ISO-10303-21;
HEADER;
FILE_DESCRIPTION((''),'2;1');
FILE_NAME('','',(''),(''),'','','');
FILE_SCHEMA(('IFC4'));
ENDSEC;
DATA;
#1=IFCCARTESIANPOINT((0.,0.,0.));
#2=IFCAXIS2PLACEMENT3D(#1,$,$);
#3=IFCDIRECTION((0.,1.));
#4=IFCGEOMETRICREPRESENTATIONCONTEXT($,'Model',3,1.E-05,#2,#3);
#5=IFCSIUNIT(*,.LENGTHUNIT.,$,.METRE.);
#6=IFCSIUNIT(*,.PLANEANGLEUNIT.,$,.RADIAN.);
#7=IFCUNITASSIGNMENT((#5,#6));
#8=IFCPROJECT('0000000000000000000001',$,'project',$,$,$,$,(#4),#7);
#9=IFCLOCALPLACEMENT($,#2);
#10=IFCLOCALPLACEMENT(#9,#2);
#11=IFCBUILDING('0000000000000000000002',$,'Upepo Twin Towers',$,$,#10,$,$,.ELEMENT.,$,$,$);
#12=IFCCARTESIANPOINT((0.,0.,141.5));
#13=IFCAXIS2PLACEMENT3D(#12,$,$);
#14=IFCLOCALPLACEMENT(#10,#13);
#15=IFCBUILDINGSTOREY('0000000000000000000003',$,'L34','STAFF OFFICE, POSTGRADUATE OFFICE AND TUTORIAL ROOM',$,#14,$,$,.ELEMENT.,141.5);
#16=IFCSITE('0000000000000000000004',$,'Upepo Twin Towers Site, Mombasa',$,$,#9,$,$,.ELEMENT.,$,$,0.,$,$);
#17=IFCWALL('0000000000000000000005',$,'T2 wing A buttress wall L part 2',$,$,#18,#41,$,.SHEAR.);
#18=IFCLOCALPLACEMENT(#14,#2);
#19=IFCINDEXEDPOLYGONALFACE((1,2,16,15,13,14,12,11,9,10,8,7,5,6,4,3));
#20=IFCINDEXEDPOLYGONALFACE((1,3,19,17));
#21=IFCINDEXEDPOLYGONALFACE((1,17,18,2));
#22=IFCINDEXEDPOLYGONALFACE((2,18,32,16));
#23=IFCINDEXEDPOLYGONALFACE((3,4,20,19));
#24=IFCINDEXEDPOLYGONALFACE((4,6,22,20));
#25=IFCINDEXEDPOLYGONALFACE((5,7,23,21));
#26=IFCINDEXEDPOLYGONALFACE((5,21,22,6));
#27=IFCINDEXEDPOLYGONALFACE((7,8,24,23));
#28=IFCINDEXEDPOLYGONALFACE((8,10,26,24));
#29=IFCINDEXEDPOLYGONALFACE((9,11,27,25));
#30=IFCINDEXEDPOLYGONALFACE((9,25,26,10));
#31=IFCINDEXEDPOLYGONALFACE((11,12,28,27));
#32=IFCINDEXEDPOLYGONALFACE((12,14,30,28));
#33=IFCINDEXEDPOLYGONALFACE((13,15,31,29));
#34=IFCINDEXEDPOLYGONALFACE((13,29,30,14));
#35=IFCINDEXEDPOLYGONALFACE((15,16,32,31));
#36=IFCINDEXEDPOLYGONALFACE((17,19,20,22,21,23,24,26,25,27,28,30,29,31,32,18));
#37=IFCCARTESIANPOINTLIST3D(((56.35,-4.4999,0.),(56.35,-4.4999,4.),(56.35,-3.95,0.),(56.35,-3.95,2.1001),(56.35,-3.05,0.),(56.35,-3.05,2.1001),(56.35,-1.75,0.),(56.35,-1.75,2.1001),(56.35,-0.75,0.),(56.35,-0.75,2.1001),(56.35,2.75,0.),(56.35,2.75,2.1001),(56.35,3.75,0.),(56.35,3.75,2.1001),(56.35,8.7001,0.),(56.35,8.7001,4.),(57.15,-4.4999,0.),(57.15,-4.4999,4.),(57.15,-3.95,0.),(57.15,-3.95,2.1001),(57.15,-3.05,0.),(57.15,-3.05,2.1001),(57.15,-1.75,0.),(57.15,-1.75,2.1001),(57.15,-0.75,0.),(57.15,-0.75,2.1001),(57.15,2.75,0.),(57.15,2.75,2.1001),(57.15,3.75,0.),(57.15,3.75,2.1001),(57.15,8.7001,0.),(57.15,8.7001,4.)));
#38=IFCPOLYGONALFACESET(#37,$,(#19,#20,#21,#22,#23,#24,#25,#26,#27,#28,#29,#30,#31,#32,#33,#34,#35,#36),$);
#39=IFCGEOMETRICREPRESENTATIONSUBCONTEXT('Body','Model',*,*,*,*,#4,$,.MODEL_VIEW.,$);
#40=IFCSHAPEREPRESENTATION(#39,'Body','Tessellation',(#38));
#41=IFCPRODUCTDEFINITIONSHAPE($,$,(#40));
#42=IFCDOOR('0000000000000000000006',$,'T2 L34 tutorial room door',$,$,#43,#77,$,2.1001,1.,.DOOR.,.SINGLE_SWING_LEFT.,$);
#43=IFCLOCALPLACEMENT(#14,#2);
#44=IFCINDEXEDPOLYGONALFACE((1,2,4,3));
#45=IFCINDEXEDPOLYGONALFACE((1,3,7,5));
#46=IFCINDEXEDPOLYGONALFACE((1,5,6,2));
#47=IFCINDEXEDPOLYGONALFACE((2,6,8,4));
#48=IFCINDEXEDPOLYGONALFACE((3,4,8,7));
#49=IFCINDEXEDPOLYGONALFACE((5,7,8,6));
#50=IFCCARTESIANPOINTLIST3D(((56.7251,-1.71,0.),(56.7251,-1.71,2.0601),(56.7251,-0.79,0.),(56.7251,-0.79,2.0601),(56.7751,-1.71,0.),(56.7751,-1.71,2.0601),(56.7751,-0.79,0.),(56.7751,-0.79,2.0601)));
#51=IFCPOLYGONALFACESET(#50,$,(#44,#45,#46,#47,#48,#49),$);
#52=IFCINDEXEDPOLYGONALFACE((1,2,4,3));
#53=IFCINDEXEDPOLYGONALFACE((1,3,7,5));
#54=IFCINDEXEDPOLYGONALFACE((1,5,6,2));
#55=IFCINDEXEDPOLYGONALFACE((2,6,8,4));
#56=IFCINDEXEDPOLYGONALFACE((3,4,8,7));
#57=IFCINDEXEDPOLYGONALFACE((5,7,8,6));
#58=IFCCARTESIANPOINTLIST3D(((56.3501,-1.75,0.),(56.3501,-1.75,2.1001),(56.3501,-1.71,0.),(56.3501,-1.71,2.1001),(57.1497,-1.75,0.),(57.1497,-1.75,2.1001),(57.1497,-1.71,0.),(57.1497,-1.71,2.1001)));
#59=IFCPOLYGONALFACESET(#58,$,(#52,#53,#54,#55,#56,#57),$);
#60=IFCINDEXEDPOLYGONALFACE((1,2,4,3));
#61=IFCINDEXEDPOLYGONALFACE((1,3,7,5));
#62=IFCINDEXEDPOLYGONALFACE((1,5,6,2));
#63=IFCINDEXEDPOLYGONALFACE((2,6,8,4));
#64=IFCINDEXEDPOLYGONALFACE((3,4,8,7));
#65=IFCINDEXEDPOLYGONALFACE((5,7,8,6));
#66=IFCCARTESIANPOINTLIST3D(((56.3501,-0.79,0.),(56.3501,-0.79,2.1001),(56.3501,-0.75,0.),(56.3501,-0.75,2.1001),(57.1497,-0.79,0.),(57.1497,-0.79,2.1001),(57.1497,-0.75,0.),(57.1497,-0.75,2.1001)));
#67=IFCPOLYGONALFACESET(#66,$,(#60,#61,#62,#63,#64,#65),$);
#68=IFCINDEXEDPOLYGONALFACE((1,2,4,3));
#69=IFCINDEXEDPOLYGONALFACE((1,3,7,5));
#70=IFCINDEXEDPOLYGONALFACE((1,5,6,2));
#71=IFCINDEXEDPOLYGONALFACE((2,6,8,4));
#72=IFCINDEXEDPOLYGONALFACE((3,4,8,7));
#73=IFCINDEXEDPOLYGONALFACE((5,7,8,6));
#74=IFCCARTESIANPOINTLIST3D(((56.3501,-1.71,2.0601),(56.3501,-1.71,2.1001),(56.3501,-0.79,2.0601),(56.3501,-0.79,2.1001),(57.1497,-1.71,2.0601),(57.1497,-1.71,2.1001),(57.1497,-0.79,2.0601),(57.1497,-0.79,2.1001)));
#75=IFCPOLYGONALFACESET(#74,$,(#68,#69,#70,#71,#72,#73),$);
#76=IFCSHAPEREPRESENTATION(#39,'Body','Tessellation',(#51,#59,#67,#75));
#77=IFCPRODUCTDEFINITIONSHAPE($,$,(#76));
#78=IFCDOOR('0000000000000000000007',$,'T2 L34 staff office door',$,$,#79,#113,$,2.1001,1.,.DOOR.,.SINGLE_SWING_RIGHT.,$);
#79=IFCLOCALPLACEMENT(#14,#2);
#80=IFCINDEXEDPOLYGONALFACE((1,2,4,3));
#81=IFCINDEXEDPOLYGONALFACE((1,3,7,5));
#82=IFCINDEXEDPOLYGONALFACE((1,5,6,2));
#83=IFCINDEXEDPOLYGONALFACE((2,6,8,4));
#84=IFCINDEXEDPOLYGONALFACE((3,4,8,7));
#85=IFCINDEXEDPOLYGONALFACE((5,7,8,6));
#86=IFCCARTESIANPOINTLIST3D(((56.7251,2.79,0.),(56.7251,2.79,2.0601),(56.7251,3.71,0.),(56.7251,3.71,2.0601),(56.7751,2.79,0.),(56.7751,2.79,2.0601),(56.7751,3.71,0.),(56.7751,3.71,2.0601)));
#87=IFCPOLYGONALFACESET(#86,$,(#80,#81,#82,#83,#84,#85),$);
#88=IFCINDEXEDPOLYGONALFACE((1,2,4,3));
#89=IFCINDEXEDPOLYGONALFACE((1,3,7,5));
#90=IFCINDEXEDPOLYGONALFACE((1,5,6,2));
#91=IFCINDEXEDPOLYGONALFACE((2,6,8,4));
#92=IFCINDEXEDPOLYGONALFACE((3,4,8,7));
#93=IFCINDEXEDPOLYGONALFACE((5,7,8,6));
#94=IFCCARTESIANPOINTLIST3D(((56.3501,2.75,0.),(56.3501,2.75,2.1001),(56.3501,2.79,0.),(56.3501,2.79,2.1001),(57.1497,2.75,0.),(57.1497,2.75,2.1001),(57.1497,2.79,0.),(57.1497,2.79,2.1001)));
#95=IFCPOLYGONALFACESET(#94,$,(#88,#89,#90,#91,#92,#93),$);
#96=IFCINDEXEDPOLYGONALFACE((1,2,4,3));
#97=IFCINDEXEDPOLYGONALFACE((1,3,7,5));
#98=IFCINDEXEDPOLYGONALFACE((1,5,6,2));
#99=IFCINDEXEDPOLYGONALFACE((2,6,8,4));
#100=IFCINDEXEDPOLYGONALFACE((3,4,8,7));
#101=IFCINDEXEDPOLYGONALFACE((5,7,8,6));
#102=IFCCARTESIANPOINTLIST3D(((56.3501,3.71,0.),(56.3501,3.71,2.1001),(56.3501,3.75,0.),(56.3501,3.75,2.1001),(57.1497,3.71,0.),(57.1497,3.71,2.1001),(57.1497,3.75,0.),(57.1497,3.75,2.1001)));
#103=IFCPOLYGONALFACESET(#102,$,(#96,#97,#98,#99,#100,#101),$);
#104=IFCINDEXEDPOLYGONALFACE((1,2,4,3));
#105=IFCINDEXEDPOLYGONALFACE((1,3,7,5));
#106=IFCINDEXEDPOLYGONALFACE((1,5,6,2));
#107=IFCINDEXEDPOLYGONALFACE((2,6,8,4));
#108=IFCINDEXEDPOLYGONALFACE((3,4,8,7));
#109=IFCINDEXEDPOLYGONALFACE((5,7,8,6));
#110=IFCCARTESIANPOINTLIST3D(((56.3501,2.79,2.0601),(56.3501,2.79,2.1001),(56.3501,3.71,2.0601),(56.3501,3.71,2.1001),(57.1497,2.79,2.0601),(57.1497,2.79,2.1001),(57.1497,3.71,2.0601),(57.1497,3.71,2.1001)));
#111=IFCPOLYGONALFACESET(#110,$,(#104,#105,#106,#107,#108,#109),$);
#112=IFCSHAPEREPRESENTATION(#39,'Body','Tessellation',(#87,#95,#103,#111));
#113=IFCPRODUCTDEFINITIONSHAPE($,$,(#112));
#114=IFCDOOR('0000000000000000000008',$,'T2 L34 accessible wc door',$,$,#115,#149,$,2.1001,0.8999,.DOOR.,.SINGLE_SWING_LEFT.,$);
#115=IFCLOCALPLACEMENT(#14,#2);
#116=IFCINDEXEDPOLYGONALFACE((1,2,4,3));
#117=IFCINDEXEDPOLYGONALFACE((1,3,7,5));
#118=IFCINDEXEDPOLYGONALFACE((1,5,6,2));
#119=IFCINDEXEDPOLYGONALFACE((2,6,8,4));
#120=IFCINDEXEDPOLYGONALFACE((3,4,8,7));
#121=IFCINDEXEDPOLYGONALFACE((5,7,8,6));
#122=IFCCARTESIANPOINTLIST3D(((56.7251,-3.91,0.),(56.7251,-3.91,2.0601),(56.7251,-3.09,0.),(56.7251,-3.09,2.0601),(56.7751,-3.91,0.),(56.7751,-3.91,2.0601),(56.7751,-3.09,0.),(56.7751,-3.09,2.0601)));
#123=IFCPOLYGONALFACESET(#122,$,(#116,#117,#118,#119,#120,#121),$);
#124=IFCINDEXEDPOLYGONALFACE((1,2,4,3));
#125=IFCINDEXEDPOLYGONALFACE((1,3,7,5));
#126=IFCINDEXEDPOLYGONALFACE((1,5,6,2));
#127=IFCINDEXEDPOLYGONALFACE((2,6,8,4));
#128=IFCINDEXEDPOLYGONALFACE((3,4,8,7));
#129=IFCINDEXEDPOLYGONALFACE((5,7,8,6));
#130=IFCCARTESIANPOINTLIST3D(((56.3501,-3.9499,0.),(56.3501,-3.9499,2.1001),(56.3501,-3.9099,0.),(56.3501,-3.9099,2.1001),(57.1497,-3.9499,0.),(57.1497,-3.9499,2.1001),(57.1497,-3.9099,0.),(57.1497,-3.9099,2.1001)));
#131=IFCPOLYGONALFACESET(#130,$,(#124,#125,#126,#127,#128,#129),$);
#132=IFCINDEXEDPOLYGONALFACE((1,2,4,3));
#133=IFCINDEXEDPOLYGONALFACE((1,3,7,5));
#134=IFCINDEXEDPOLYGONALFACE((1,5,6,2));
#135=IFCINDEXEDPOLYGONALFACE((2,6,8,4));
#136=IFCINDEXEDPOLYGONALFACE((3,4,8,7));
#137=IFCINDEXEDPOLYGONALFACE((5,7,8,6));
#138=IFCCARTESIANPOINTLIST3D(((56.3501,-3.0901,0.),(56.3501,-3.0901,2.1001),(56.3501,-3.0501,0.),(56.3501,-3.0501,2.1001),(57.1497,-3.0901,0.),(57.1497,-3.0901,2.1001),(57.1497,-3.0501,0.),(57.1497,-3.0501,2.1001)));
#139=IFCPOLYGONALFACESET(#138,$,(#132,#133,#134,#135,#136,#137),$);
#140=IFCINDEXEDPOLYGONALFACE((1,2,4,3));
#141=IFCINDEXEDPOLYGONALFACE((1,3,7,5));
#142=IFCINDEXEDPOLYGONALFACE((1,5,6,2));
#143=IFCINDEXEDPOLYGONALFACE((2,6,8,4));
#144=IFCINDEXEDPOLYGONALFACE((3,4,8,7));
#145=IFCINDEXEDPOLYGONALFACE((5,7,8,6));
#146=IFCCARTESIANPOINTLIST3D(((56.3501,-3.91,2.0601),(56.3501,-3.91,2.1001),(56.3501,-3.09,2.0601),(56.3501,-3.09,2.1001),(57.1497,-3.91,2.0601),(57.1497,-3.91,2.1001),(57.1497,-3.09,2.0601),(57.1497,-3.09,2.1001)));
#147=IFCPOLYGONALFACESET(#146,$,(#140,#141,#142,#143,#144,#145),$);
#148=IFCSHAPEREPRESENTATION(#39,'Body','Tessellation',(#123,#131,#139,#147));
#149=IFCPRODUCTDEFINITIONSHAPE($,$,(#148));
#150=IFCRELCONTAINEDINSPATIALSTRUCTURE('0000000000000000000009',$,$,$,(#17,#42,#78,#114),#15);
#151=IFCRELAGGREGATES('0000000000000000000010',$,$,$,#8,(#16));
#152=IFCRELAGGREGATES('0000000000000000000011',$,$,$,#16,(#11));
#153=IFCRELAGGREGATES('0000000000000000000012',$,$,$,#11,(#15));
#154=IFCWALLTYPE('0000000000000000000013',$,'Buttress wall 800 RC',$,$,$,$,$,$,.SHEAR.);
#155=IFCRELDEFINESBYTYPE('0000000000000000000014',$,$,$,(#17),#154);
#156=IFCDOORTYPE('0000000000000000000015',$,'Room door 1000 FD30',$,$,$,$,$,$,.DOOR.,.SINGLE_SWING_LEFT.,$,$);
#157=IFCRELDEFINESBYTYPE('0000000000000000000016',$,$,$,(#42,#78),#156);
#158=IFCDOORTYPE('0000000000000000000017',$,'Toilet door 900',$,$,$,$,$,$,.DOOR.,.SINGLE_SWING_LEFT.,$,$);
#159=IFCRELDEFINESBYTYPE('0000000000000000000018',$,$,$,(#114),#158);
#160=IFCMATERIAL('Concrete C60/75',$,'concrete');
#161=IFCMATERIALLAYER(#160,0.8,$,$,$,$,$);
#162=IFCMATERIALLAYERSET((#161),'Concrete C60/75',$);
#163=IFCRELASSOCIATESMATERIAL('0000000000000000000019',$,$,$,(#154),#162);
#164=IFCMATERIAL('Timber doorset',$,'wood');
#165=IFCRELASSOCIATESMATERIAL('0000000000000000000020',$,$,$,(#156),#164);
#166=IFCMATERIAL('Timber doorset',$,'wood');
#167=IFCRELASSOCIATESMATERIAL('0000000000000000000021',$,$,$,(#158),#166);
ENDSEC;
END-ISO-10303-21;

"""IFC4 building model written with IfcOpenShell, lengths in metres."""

from ifc_helpers import new_model, si_unit, direction, frame, frame_2d, origin, place, context, subcontext, project, spatial, rectangle, extrude, material, layer, layer_set, type_object, element, fill, save


model = new_model("IFC4")

# Units and contexts
model_context = context("Model", 3, precision=1e-05, world=origin(), true_north=direction((0.0, 1.0)))
body_context = subcontext(model_context, "Body", "Model", "MODEL_VIEW")
ifc_project = project(units=[si_unit("LENGTHUNIT", "METRE"), si_unit("PLANEANGLEUNIT", "RADIAN")], contexts=[model_context])

# Site, building, storey
site_placement = place(None, origin())
site = spatial("IfcSite", under=ifc_project, at=site_placement, Name="Upepo Twin Towers Site, Mombasa", CompositionType="ELEMENT", RefElevation=0.0)
building_placement = place(site_placement, origin())
building = spatial("IfcBuilding", under=site, at=building_placement, Name="Upepo Twin Towers", CompositionType="ELEMENT")
storey_placement = place(building_placement, frame((0.0, 0.0, 141.5)))
storey = spatial("IfcBuildingStorey", under=building, at=storey_placement, Name="L34", Description="STAFF OFFICE, POSTGRADUATE OFFICE AND TUTORIAL ROOM", CompositionType="ELEMENT", Elevation=141.5)

# Wall, openings, doors
ifc_material_1 = material(Name="Concrete C60/75", Category="concrete")
ifc_layer_1 = layer(ifc_material_1, 0.8)
ifc_layer_set_1 = layer_set([ifc_layer_1], Name="Concrete C60/75")
wall_type_1 = type_object("IfcWallType", Name="Buttress wall 800 RC", PredefinedType="SHEAR", material=ifc_layer_set_1)
wall_1_placement = place(storey_placement, frame((56.75, -4.5, 0.0), z_axis=(0.0, 0.0, 1.0), x_axis=(0.0, 1.0, 0.0)))
wall_1 = element("IfcWall", 1, at=wall_1_placement, inside=storey, type_object=wall_type_1, Name="T2 wing A buttress wall L part 2", PredefinedType="SHEAR", context=body_context, shape_type="SweptSolid", body=[
    extrude(rectangle(XDim=13.2, YDim=0.8, at=frame_2d((6.6001, 0.0))), origin(), (0.0, 0.0, 1.0), 4.0),
])
opening_1_placement = place(wall_1_placement, frame((0.55, 0.0, 0.0)))
opening_1 = element("IfcOpeningElement", 2, at=opening_1_placement, cuts=wall_1, PredefinedType="OPENING", context=body_context, shape_type="SweptSolid", body=[
    extrude(rectangle(XDim=0.8999, YDim=2.1001, at=frame_2d((0.45, 1.05))), frame((0.0, 0.4099, 0.0), z_axis=(0.0, -1.0, 0.0), x_axis=(1.0, 0.0, 0.0)), (0.0, 0.0, 1.0), 0.8201),
])
opening_2_placement = place(wall_1_placement, frame((2.75, 0.0, 0.0)))
opening_2 = element("IfcOpeningElement", 3, at=opening_2_placement, cuts=wall_1, PredefinedType="OPENING", context=body_context, shape_type="SweptSolid", body=[
    extrude(rectangle(XDim=1.0, YDim=2.1001, at=frame_2d((0.5, 1.05))), frame((0.0, 0.4099, 0.0), z_axis=(0.0, -1.0, 0.0), x_axis=(1.0, 0.0, 0.0)), (0.0, 0.0, 1.0), 0.8201),
])
opening_3_placement = place(wall_1_placement, frame((7.25, 0.0, 0.0)))
opening_3 = element("IfcOpeningElement", 4, at=opening_3_placement, cuts=wall_1, PredefinedType="OPENING", context=body_context, shape_type="SweptSolid", body=[
    extrude(rectangle(XDim=1.0, YDim=2.1001, at=frame_2d((0.5, 1.05))), frame((0.0, 0.4099, 0.0), z_axis=(0.0, -1.0, 0.0), x_axis=(1.0, 0.0, 0.0)), (0.0, 0.0, 1.0), 0.8201),
])
ifc_material_2 = material(Name="Timber doorset", Category="wood")
door_type_1 = type_object("IfcDoorType", Name="Room door 1000 FD30", OperationType="SINGLE_SWING_LEFT", PredefinedType="DOOR", material=ifc_material_2)
door_1_placement = place(opening_2_placement, origin())
door_1 = element("IfcDoor", 5, at=door_1_placement, inside=storey, type_object=door_type_1, Name="T2 L34 tutorial room door", OperationType="SINGLE_SWING_LEFT", OverallHeight=2.1001, OverallWidth=1.0, PredefinedType="DOOR", context=body_context, shape_type="SweptSolid", body=[
    extrude(rectangle(XDim=0.92, YDim=2.0601, at=frame_2d((0.5, 1.03))), frame((0.0, 0.0249, 0.0), z_axis=(0.0, -1.0, 0.0), x_axis=(1.0, 0.0, 0.0)), (0.0, 0.0, 1.0), 0.05),
    extrude(rectangle(XDim=0.04, YDim=2.1001, at=frame_2d((0.02, 1.05))), frame((0.0, 0.3999, 0.0), z_axis=(0.0, -1.0, 0.0), x_axis=(1.0, 0.0, 0.0)), (0.0, 0.0, 1.0), 0.7996),
    extrude(rectangle(XDim=0.04, YDim=2.1001, at=frame_2d((0.98, 1.05))), frame((0.0, 0.3999, 0.0), z_axis=(0.0, -1.0, 0.0), x_axis=(1.0, 0.0, 0.0)), (0.0, 0.0, 1.0), 0.7996),
    extrude(rectangle(XDim=0.92, YDim=0.04, at=frame_2d((0.5, 2.0801))), frame((0.0, 0.3999, 0.0), z_axis=(0.0, -1.0, 0.0), x_axis=(1.0, 0.0, 0.0)), (0.0, 0.0, 1.0), 0.7996),
])
fill(opening_2, door_1)
door_2_placement = place(opening_3_placement, origin())
door_2 = element("IfcDoor", 6, at=door_2_placement, inside=storey, type_object=door_type_1, Name="T2 L34 staff office door", OperationType="SINGLE_SWING_RIGHT", OverallHeight=2.1001, OverallWidth=1.0, PredefinedType="DOOR", context=body_context, shape_type="SweptSolid", body=[
    extrude(rectangle(XDim=0.92, YDim=2.0601, at=frame_2d((0.5, 1.03))), frame((0.0, 0.0249, 0.0), z_axis=(0.0, -1.0, 0.0), x_axis=(1.0, 0.0, 0.0)), (0.0, 0.0, 1.0), 0.05),
    extrude(rectangle(XDim=0.04, YDim=2.1001, at=frame_2d((0.02, 1.05))), frame((0.0, 0.3999, 0.0), z_axis=(0.0, -1.0, 0.0), x_axis=(1.0, 0.0, 0.0)), (0.0, 0.0, 1.0), 0.7996),
    extrude(rectangle(XDim=0.04, YDim=2.1001, at=frame_2d((0.98, 1.05))), frame((0.0, 0.3999, 0.0), z_axis=(0.0, -1.0, 0.0), x_axis=(1.0, 0.0, 0.0)), (0.0, 0.0, 1.0), 0.7996),
    extrude(rectangle(XDim=0.92, YDim=0.04, at=frame_2d((0.5, 2.0801))), frame((0.0, 0.3999, 0.0), z_axis=(0.0, -1.0, 0.0), x_axis=(1.0, 0.0, 0.0)), (0.0, 0.0, 1.0), 0.7996),
])
fill(opening_3, door_2)
ifc_material_3 = material(Name="Timber doorset", Category="wood")
door_type_2 = type_object("IfcDoorType", Name="Toilet door 900", OperationType="SINGLE_SWING_LEFT", PredefinedType="DOOR", material=ifc_material_3)
door_3_placement = place(opening_1_placement, origin())
door_3 = element("IfcDoor", 7, at=door_3_placement, inside=storey, type_object=door_type_2, Name="T2 L34 accessible wc door", OperationType="SINGLE_SWING_LEFT", OverallHeight=2.1001, OverallWidth=0.8999, PredefinedType="DOOR", context=body_context, shape_type="SweptSolid", body=[
    extrude(rectangle(XDim=0.8199, YDim=2.0601, at=frame_2d((0.45, 1.03))), frame((0.0, 0.0249, 0.0), z_axis=(0.0, -1.0, 0.0), x_axis=(1.0, 0.0, 0.0)), (0.0, 0.0, 1.0), 0.05),
    extrude(rectangle(XDim=0.04, YDim=2.1001, at=frame_2d((0.02, 1.05))), frame((0.0, 0.3999, 0.0), z_axis=(0.0, -1.0, 0.0), x_axis=(1.0, 0.0, 0.0)), (0.0, 0.0, 1.0), 0.7996),
    extrude(rectangle(XDim=0.04, YDim=2.1001, at=frame_2d((0.8799, 1.05))), frame((0.0, 0.3999, 0.0), z_axis=(0.0, -1.0, 0.0), x_axis=(1.0, 0.0, 0.0)), (0.0, 0.0, 1.0), 0.7996),
    extrude(rectangle(XDim=0.8199, YDim=0.04, at=frame_2d((0.45, 2.0801))), frame((0.0, 0.3999, 0.0), z_axis=(0.0, -1.0, 0.0), x_axis=(1.0, 0.0, 0.0)), (0.0, 0.0, 1.0), 0.7996),
])
fill(opening_1, door_3)

save(model, "model.ifc")
